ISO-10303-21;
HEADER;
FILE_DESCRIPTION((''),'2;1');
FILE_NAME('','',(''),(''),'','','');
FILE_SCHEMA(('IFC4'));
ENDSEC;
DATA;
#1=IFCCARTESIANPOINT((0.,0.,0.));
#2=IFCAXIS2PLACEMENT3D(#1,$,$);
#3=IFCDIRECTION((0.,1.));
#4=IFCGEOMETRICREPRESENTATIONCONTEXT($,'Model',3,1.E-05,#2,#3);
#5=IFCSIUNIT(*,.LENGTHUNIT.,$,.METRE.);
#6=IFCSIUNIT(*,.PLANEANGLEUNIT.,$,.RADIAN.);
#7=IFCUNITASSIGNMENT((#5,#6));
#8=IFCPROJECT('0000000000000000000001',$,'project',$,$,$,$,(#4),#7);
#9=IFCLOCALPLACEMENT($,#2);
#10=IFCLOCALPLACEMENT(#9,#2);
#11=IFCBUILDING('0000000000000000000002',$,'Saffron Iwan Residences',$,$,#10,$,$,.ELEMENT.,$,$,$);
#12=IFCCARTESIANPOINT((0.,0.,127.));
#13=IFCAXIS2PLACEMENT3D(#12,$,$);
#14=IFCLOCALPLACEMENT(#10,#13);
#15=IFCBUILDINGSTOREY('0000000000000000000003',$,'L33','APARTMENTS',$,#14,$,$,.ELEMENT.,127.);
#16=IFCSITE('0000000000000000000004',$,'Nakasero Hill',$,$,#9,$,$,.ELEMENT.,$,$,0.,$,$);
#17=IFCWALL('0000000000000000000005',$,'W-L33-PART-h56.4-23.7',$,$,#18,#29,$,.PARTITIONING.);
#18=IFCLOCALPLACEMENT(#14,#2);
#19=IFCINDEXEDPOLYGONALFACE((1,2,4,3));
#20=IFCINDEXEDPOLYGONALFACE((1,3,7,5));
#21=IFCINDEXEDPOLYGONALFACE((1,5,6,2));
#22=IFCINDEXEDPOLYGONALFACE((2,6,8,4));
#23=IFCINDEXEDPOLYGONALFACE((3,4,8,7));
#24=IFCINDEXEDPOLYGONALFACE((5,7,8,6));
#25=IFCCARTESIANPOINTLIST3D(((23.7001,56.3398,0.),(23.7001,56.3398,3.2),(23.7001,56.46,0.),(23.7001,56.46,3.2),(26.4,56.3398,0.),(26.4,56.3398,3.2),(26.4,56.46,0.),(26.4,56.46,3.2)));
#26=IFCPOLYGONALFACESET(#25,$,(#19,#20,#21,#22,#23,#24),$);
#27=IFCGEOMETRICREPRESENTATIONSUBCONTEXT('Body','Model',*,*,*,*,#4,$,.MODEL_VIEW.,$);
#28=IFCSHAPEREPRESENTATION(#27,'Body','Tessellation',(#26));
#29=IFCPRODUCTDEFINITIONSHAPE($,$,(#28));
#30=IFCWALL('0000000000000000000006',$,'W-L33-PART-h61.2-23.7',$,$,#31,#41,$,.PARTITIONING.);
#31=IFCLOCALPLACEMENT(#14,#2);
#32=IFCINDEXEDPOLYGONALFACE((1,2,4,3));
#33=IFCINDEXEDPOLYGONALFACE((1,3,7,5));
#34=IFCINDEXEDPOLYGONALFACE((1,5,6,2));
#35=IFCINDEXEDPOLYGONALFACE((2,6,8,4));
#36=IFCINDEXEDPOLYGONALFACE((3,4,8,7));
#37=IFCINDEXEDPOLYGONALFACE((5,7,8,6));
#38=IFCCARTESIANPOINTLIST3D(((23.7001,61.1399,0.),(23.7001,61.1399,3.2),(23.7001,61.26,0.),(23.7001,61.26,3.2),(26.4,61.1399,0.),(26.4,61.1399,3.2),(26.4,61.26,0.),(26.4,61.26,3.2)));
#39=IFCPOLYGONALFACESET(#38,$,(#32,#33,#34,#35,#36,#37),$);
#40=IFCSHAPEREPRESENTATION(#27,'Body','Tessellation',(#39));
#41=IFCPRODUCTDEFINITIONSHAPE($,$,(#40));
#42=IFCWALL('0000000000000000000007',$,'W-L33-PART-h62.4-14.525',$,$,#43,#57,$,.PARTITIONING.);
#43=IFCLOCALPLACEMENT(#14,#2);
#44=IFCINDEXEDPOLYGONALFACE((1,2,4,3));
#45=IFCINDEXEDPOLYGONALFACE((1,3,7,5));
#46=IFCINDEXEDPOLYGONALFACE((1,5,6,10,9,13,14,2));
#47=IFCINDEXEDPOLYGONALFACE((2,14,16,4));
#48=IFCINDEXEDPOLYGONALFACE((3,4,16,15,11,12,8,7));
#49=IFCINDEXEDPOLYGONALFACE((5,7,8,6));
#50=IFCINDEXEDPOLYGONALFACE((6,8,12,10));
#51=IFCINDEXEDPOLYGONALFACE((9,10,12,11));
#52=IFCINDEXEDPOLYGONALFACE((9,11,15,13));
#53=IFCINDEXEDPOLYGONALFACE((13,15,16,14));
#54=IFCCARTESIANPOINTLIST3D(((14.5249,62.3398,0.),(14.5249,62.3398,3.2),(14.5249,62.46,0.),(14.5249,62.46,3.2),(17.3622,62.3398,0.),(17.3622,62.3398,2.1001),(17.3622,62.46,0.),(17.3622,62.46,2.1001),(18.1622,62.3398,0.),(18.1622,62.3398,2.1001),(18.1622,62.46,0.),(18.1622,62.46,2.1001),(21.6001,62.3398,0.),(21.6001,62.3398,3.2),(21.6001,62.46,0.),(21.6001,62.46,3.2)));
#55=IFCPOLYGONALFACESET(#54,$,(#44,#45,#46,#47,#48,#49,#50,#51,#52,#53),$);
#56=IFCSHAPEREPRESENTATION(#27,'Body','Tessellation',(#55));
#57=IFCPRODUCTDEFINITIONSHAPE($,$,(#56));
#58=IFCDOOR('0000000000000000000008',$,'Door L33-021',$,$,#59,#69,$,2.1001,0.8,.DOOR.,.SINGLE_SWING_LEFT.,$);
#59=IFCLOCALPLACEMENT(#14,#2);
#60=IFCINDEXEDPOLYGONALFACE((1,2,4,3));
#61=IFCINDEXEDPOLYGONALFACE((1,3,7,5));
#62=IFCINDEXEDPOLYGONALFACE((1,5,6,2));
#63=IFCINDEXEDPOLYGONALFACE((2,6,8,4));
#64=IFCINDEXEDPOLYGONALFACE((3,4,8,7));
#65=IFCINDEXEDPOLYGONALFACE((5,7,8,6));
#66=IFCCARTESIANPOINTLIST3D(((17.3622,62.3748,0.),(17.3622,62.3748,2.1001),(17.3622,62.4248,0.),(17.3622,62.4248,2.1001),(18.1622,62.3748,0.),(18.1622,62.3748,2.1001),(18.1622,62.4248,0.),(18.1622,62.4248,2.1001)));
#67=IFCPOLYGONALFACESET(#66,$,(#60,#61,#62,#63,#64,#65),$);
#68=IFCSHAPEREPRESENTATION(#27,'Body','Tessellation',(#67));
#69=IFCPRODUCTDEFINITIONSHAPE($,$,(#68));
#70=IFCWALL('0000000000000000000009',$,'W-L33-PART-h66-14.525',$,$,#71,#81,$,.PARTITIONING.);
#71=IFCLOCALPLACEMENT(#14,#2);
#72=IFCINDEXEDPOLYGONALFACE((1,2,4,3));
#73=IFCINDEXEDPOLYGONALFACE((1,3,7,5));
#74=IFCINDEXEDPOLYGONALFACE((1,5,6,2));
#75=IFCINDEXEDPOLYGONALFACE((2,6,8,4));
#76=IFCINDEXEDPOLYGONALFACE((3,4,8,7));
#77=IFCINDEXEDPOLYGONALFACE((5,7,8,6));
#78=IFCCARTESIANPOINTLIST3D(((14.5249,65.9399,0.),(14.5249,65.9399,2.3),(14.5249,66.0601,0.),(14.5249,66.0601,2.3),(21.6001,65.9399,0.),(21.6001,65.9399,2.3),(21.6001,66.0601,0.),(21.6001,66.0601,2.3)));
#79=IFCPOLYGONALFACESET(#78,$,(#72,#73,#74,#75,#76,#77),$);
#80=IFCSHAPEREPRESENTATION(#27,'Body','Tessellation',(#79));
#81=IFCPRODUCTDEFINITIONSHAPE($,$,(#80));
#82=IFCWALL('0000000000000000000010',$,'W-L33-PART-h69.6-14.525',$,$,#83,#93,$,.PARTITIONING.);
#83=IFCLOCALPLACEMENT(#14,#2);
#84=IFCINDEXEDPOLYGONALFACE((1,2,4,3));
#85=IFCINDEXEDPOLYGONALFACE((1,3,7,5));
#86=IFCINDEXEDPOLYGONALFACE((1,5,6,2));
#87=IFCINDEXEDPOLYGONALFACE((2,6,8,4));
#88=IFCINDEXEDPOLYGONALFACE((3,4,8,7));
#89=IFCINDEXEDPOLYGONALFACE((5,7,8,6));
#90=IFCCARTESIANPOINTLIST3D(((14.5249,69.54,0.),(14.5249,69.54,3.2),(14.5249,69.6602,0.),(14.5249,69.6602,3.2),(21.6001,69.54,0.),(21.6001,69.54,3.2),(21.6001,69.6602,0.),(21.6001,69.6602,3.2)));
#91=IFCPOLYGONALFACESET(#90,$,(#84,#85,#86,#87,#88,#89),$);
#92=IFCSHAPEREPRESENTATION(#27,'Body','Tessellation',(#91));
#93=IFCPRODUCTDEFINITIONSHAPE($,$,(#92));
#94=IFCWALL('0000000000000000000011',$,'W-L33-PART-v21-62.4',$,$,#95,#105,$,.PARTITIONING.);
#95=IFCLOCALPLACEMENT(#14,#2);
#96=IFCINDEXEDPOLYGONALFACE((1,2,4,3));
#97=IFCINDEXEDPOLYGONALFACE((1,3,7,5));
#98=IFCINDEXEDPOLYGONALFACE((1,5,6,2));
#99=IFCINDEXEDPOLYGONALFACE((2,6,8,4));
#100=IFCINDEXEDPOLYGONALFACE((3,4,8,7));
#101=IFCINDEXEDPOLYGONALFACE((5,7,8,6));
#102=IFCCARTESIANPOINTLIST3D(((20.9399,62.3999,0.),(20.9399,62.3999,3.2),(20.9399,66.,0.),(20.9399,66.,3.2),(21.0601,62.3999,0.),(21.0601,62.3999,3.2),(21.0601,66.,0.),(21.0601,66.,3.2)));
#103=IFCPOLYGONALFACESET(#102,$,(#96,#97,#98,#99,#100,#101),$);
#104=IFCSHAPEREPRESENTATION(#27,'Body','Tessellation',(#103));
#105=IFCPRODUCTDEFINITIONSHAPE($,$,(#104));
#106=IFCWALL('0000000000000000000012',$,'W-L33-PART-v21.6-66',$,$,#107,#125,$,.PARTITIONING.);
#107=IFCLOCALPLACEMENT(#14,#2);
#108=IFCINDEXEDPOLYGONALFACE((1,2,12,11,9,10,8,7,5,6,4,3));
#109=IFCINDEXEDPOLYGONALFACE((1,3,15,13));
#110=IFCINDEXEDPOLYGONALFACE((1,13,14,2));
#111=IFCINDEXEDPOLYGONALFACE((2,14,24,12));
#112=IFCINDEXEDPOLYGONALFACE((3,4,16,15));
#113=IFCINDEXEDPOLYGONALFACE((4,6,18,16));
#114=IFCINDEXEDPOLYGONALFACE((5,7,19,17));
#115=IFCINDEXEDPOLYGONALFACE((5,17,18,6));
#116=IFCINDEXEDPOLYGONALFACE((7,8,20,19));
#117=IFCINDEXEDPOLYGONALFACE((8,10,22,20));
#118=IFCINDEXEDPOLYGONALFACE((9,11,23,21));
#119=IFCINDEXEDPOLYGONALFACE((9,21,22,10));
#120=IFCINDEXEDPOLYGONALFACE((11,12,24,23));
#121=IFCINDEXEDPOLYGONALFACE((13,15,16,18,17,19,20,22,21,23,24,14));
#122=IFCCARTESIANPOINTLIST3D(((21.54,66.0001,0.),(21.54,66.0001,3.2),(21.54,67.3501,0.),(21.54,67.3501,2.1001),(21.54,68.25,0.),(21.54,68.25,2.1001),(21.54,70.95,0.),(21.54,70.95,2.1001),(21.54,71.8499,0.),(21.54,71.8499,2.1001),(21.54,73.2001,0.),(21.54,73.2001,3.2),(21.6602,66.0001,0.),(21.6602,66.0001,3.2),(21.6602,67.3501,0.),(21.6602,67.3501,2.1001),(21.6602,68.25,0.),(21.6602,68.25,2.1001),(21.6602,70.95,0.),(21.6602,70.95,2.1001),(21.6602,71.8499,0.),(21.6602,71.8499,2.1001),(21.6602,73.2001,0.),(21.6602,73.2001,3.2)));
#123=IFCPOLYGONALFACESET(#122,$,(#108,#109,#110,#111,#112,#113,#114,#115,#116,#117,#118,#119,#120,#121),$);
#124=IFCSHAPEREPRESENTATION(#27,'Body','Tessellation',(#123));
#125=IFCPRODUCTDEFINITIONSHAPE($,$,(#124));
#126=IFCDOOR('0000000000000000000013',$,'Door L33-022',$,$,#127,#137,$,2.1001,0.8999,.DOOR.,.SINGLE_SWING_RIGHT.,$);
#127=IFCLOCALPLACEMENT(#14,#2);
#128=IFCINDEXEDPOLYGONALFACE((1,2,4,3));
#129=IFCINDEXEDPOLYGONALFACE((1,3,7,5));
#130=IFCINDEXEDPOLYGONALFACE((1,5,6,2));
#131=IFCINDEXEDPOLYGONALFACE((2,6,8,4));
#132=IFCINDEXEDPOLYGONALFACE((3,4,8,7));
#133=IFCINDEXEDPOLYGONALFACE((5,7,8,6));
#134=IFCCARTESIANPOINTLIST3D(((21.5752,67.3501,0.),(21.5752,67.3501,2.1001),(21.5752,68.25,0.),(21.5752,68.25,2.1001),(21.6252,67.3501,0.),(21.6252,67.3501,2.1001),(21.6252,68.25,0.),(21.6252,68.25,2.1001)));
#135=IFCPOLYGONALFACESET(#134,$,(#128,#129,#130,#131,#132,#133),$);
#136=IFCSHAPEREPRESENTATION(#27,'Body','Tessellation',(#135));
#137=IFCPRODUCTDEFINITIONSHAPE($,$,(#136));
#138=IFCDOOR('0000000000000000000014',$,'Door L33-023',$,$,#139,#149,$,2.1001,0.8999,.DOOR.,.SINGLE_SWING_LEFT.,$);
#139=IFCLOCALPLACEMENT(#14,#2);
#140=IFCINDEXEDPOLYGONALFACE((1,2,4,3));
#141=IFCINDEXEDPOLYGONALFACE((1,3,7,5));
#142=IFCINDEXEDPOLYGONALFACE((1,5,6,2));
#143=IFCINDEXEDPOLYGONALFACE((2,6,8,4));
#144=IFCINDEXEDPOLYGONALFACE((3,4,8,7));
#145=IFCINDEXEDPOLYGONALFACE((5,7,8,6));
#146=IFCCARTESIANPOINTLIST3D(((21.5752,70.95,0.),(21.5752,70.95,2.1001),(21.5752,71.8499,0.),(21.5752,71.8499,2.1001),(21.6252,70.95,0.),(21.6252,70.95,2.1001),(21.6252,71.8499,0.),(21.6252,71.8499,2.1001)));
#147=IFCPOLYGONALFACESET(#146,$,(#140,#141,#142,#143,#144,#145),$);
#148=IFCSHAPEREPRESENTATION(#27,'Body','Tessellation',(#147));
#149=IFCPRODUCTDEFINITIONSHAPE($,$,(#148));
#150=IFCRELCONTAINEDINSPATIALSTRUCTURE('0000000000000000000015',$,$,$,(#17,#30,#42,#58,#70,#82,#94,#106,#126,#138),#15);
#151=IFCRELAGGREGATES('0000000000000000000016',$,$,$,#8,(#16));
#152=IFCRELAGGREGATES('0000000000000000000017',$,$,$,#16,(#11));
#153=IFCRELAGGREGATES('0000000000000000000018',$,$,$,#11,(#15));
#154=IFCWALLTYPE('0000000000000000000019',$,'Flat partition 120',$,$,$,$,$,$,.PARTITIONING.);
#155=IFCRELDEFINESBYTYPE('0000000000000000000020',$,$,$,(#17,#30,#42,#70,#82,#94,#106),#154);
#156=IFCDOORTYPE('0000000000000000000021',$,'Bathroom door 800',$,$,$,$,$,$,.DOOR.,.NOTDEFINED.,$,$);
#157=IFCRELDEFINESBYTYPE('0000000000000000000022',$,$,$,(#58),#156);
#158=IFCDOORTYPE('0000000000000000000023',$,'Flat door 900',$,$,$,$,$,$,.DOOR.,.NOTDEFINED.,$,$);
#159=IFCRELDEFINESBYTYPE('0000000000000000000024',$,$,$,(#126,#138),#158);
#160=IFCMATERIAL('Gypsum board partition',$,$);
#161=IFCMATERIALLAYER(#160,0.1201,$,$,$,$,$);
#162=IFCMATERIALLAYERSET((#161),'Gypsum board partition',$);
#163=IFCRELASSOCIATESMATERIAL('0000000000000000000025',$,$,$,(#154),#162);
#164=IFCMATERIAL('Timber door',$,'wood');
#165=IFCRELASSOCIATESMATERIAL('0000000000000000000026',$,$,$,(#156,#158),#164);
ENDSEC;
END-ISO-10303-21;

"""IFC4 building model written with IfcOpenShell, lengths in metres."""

from ifc_helpers import new_model, si_unit, direction, frame, frame_2d, origin, place, context, subcontext, project, spatial, rectangle, extrude, material, layer, layer_set, type_object, element, fill, save


model = new_model("IFC4")

# Units and contexts
model_context = context("Model", 3, precision=1e-05, world=origin(), true_north=direction((0.0, 1.0)))
body_context = subcontext(model_context, "Body", "Model", "MODEL_VIEW")
ifc_project = project(units=[si_unit("LENGTHUNIT", "METRE"), si_unit("PLANEANGLEUNIT", "RADIAN")], contexts=[model_context])

# Site, building, storey
site_placement = place(None, origin())
site = spatial("IfcSite", under=ifc_project, at=site_placement, Name="Nakasero Hill", CompositionType="ELEMENT", RefElevation=0.0)
building_placement = place(site_placement, origin())
building = spatial("IfcBuilding", under=site, at=building_placement, Name="Saffron Iwan Residences", CompositionType="ELEMENT")
storey_placement = place(building_placement, frame((0.0, 0.0, 127.0)))
storey = spatial("IfcBuildingStorey", under=building, at=storey_placement, Name="L33", Description="APARTMENTS", CompositionType="ELEMENT", Elevation=127.0)

# Walls
ifc_material_1 = material(Name="Gypsum board partition")
ifc_layer_1 = layer(ifc_material_1, 0.1201)
ifc_layer_set_1 = layer_set([ifc_layer_1], Name="Gypsum board partition")
wall_type_1 = type_object("IfcWallType", Name="Flat partition 120", PredefinedType="PARTITIONING", material=ifc_layer_set_1)
for number, where, z_axis, x_axis, name in (
    (1, (23.7, 56.3999, 0.0), (0.0, 0.0, 1.0), (1.0, 0.0, 0.0), "W-L33-PART-h56.4-23.7"),
    (2, (23.7, 61.2, 0.0), (0.0, 0.0, 1.0), (1.0, 0.0, 0.0), "W-L33-PART-h61.2-23.7"),
):
    element("IfcWall", number, at=place(storey_placement, frame(where, z_axis=z_axis, x_axis=x_axis)), inside=storey, type_object=wall_type_1, Name=name, PredefinedType="PARTITIONING", context=body_context, shape_type="SweptSolid", body=[
        extrude(rectangle(XDim=2.7, YDim=0.1201, at=frame_2d((1.3501, 0.0))), origin(), (0.0, 0.0, 1.0), 3.2),
    ])

# Wall, opening, door
wall_1_placement = place(storey_placement, frame((14.5249, 62.3999, 0.0), z_axis=(0.0, 0.0, 1.0), x_axis=(1.0, 0.0, 0.0)))
wall_1 = element("IfcWall", 3, at=wall_1_placement, inside=storey, type_object=wall_type_1, Name="W-L33-PART-h62.4-14.525", PredefinedType="PARTITIONING", context=body_context, shape_type="SweptSolid", body=[
    extrude(rectangle(XDim=7.0752, YDim=0.1201, at=frame_2d((3.5376, 0.0))), origin(), (0.0, 0.0, 1.0), 3.2),
])
opening_1_placement = place(wall_1_placement, frame((2.8374, 0.0, 0.0)))
opening_1 = element("IfcOpeningElement", 4, at=opening_1_placement, cuts=wall_1, PredefinedType="OPENING", context=body_context, shape_type="SweptSolid", body=[
    extrude(rectangle(XDim=0.8, YDim=2.1001, at=frame_2d((0.3999, 1.05))), frame((0.0, 0.0701, 0.0), z_axis=(0.0, -1.0, 0.0), x_axis=(1.0, 0.0, 0.0)), (0.0, 0.0, 1.0), 0.1401),
])
ifc_material_2 = material(Name="Timber door", Category="wood")
door_type_1 = type_object("IfcDoorType", Name="Bathroom door 800", OperationType="NOTDEFINED", PredefinedType="DOOR", material=ifc_material_2)
door_1_placement = place(opening_1_placement, origin())
door_1 = element("IfcDoor", 5, at=door_1_placement, inside=storey, type_object=door_type_1, Name="Door L33-021", OperationType="SINGLE_SWING_LEFT", OverallHeight=2.1001, OverallWidth=0.8, PredefinedType="DOOR", context=body_context, shape_type="SweptSolid", body=[
    extrude(rectangle(XDim=0.8, YDim=2.1001, at=frame_2d((0.3999, 1.05))), frame((0.0, 0.0249, 0.0), z_axis=(0.0, -1.0, 0.0), x_axis=(1.0, 0.0, 0.0)), (0.0, 0.0, 1.0), 0.05),
])
fill(opening_1, door_1)

# Walls
wall_2_placement = place(storey_placement, frame((14.5249, 66.0, 0.0), z_axis=(0.0, 0.0, 1.0), x_axis=(1.0, 0.0, 0.0)))
element("IfcWall", 6, at=wall_2_placement, inside=storey, type_object=wall_type_1, Name="W-L33-PART-h66-14.525", PredefinedType="PARTITIONING", context=body_context, shape_type="SweptSolid", body=[
    extrude(rectangle(XDim=7.0752, YDim=0.1201, at=frame_2d((3.5376, 0.0))), origin(), (0.0, 0.0, 1.0), 2.3),
])
wall_3_placement = place(storey_placement, frame((14.5249, 69.6001, 0.0), z_axis=(0.0, 0.0, 1.0), x_axis=(1.0, 0.0, 0.0)))
element("IfcWall", 7, at=wall_3_placement, inside=storey, type_object=wall_type_1, Name="W-L33-PART-h69.6-14.525", PredefinedType="PARTITIONING", context=body_context, shape_type="SweptSolid", body=[
    extrude(rectangle(XDim=7.0752, YDim=0.1201, at=frame_2d((3.5376, 0.0))), origin(), (0.0, 0.0, 1.0), 3.2),
])
wall_4_placement = place(storey_placement, frame((21.0, 62.3999, 0.0), z_axis=(0.0, 0.0, 1.0), x_axis=(0.0, 1.0, 0.0)))
element("IfcWall", 8, at=wall_4_placement, inside=storey, type_object=wall_type_1, Name="W-L33-PART-v21-62.4", PredefinedType="PARTITIONING", context=body_context, shape_type="SweptSolid", body=[
    extrude(rectangle(XDim=3.6001, YDim=0.1201, at=frame_2d((1.8, 0.0))), origin(), (0.0, 0.0, 1.0), 3.2),
])

# Wall, openings, doors
wall_5_placement = place(storey_placement, frame((21.6001, 66.0, 0.0), z_axis=(0.0, 0.0, 1.0), x_axis=(0.0, 1.0, 0.0)))
wall_5 = element("IfcWall", 9, at=wall_5_placement, inside=storey, type_object=wall_type_1, Name="W-L33-PART-v21.6-66", PredefinedType="PARTITIONING", context=body_context, shape_type="SweptSolid", body=[
    extrude(rectangle(XDim=7.2, YDim=0.1201, at=frame_2d((3.6001, 0.0))), origin(), (0.0, 0.0, 1.0), 3.2),
])
opening_2_placement = place(wall_5_placement, frame((1.3501, 0.0, 0.0)))
opening_2 = element("IfcOpeningElement", 10, at=opening_2_placement, cuts=wall_5, PredefinedType="OPENING", context=body_context, shape_type="SweptSolid", body=[
    extrude(rectangle(XDim=0.8999, YDim=2.1001, at=frame_2d((0.45, 1.05))), frame((0.0, 0.0701, 0.0), z_axis=(0.0, -1.0, 0.0), x_axis=(1.0, 0.0, 0.0)), (0.0, 0.0, 1.0), 0.1401),
])
opening_3_placement = place(wall_5_placement, frame((4.95, 0.0, 0.0)))
opening_3 = element("IfcOpeningElement", 11, at=opening_3_placement, cuts=wall_5, PredefinedType="OPENING", context=body_context, shape_type="SweptSolid", body=[
    extrude(rectangle(XDim=0.8999, YDim=2.1001, at=frame_2d((0.45, 1.05))), frame((0.0, 0.0701, 0.0), z_axis=(0.0, -1.0, 0.0), x_axis=(1.0, 0.0, 0.0)), (0.0, 0.0, 1.0), 0.1401),
])
door_type_2 = type_object("IfcDoorType", Name="Flat door 900", OperationType="NOTDEFINED", PredefinedType="DOOR", material=ifc_material_2)
door_2_placement = place(opening_2_placement, origin())
door_2 = element("IfcDoor", 12, at=door_2_placement, inside=storey, type_object=door_type_2, Name="Door L33-022", OperationType="SINGLE_SWING_RIGHT", OverallHeight=2.1001, OverallWidth=0.8999, PredefinedType="DOOR", context=body_context, shape_type="SweptSolid", body=[
    extrude(rectangle(XDim=0.8999, YDim=2.1001, at=frame_2d((0.45, 1.05))), frame((0.0, 0.0249, 0.0), z_axis=(0.0, -1.0, 0.0), x_axis=(1.0, 0.0, 0.0)), (0.0, 0.0, 1.0), 0.05),
])
fill(opening_2, door_2)
door_3_placement = place(opening_3_placement, origin())
door_3 = element("IfcDoor", 13, at=door_3_placement, inside=storey, type_object=door_type_2, Name="Door L33-023", OperationType="SINGLE_SWING_LEFT", OverallHeight=2.1001, OverallWidth=0.8999, PredefinedType="DOOR", context=body_context, shape_type="SweptSolid", body=[
    extrude(rectangle(XDim=0.8999, YDim=2.1001, at=frame_2d((0.45, 1.05))), frame((0.0, 0.0249, 0.0), z_axis=(0.0, -1.0, 0.0), x_axis=(1.0, 0.0, 0.0)), (0.0, 0.0, 1.0), 0.05),
])
fill(opening_3, door_3)

save(model, "model.ifc")
